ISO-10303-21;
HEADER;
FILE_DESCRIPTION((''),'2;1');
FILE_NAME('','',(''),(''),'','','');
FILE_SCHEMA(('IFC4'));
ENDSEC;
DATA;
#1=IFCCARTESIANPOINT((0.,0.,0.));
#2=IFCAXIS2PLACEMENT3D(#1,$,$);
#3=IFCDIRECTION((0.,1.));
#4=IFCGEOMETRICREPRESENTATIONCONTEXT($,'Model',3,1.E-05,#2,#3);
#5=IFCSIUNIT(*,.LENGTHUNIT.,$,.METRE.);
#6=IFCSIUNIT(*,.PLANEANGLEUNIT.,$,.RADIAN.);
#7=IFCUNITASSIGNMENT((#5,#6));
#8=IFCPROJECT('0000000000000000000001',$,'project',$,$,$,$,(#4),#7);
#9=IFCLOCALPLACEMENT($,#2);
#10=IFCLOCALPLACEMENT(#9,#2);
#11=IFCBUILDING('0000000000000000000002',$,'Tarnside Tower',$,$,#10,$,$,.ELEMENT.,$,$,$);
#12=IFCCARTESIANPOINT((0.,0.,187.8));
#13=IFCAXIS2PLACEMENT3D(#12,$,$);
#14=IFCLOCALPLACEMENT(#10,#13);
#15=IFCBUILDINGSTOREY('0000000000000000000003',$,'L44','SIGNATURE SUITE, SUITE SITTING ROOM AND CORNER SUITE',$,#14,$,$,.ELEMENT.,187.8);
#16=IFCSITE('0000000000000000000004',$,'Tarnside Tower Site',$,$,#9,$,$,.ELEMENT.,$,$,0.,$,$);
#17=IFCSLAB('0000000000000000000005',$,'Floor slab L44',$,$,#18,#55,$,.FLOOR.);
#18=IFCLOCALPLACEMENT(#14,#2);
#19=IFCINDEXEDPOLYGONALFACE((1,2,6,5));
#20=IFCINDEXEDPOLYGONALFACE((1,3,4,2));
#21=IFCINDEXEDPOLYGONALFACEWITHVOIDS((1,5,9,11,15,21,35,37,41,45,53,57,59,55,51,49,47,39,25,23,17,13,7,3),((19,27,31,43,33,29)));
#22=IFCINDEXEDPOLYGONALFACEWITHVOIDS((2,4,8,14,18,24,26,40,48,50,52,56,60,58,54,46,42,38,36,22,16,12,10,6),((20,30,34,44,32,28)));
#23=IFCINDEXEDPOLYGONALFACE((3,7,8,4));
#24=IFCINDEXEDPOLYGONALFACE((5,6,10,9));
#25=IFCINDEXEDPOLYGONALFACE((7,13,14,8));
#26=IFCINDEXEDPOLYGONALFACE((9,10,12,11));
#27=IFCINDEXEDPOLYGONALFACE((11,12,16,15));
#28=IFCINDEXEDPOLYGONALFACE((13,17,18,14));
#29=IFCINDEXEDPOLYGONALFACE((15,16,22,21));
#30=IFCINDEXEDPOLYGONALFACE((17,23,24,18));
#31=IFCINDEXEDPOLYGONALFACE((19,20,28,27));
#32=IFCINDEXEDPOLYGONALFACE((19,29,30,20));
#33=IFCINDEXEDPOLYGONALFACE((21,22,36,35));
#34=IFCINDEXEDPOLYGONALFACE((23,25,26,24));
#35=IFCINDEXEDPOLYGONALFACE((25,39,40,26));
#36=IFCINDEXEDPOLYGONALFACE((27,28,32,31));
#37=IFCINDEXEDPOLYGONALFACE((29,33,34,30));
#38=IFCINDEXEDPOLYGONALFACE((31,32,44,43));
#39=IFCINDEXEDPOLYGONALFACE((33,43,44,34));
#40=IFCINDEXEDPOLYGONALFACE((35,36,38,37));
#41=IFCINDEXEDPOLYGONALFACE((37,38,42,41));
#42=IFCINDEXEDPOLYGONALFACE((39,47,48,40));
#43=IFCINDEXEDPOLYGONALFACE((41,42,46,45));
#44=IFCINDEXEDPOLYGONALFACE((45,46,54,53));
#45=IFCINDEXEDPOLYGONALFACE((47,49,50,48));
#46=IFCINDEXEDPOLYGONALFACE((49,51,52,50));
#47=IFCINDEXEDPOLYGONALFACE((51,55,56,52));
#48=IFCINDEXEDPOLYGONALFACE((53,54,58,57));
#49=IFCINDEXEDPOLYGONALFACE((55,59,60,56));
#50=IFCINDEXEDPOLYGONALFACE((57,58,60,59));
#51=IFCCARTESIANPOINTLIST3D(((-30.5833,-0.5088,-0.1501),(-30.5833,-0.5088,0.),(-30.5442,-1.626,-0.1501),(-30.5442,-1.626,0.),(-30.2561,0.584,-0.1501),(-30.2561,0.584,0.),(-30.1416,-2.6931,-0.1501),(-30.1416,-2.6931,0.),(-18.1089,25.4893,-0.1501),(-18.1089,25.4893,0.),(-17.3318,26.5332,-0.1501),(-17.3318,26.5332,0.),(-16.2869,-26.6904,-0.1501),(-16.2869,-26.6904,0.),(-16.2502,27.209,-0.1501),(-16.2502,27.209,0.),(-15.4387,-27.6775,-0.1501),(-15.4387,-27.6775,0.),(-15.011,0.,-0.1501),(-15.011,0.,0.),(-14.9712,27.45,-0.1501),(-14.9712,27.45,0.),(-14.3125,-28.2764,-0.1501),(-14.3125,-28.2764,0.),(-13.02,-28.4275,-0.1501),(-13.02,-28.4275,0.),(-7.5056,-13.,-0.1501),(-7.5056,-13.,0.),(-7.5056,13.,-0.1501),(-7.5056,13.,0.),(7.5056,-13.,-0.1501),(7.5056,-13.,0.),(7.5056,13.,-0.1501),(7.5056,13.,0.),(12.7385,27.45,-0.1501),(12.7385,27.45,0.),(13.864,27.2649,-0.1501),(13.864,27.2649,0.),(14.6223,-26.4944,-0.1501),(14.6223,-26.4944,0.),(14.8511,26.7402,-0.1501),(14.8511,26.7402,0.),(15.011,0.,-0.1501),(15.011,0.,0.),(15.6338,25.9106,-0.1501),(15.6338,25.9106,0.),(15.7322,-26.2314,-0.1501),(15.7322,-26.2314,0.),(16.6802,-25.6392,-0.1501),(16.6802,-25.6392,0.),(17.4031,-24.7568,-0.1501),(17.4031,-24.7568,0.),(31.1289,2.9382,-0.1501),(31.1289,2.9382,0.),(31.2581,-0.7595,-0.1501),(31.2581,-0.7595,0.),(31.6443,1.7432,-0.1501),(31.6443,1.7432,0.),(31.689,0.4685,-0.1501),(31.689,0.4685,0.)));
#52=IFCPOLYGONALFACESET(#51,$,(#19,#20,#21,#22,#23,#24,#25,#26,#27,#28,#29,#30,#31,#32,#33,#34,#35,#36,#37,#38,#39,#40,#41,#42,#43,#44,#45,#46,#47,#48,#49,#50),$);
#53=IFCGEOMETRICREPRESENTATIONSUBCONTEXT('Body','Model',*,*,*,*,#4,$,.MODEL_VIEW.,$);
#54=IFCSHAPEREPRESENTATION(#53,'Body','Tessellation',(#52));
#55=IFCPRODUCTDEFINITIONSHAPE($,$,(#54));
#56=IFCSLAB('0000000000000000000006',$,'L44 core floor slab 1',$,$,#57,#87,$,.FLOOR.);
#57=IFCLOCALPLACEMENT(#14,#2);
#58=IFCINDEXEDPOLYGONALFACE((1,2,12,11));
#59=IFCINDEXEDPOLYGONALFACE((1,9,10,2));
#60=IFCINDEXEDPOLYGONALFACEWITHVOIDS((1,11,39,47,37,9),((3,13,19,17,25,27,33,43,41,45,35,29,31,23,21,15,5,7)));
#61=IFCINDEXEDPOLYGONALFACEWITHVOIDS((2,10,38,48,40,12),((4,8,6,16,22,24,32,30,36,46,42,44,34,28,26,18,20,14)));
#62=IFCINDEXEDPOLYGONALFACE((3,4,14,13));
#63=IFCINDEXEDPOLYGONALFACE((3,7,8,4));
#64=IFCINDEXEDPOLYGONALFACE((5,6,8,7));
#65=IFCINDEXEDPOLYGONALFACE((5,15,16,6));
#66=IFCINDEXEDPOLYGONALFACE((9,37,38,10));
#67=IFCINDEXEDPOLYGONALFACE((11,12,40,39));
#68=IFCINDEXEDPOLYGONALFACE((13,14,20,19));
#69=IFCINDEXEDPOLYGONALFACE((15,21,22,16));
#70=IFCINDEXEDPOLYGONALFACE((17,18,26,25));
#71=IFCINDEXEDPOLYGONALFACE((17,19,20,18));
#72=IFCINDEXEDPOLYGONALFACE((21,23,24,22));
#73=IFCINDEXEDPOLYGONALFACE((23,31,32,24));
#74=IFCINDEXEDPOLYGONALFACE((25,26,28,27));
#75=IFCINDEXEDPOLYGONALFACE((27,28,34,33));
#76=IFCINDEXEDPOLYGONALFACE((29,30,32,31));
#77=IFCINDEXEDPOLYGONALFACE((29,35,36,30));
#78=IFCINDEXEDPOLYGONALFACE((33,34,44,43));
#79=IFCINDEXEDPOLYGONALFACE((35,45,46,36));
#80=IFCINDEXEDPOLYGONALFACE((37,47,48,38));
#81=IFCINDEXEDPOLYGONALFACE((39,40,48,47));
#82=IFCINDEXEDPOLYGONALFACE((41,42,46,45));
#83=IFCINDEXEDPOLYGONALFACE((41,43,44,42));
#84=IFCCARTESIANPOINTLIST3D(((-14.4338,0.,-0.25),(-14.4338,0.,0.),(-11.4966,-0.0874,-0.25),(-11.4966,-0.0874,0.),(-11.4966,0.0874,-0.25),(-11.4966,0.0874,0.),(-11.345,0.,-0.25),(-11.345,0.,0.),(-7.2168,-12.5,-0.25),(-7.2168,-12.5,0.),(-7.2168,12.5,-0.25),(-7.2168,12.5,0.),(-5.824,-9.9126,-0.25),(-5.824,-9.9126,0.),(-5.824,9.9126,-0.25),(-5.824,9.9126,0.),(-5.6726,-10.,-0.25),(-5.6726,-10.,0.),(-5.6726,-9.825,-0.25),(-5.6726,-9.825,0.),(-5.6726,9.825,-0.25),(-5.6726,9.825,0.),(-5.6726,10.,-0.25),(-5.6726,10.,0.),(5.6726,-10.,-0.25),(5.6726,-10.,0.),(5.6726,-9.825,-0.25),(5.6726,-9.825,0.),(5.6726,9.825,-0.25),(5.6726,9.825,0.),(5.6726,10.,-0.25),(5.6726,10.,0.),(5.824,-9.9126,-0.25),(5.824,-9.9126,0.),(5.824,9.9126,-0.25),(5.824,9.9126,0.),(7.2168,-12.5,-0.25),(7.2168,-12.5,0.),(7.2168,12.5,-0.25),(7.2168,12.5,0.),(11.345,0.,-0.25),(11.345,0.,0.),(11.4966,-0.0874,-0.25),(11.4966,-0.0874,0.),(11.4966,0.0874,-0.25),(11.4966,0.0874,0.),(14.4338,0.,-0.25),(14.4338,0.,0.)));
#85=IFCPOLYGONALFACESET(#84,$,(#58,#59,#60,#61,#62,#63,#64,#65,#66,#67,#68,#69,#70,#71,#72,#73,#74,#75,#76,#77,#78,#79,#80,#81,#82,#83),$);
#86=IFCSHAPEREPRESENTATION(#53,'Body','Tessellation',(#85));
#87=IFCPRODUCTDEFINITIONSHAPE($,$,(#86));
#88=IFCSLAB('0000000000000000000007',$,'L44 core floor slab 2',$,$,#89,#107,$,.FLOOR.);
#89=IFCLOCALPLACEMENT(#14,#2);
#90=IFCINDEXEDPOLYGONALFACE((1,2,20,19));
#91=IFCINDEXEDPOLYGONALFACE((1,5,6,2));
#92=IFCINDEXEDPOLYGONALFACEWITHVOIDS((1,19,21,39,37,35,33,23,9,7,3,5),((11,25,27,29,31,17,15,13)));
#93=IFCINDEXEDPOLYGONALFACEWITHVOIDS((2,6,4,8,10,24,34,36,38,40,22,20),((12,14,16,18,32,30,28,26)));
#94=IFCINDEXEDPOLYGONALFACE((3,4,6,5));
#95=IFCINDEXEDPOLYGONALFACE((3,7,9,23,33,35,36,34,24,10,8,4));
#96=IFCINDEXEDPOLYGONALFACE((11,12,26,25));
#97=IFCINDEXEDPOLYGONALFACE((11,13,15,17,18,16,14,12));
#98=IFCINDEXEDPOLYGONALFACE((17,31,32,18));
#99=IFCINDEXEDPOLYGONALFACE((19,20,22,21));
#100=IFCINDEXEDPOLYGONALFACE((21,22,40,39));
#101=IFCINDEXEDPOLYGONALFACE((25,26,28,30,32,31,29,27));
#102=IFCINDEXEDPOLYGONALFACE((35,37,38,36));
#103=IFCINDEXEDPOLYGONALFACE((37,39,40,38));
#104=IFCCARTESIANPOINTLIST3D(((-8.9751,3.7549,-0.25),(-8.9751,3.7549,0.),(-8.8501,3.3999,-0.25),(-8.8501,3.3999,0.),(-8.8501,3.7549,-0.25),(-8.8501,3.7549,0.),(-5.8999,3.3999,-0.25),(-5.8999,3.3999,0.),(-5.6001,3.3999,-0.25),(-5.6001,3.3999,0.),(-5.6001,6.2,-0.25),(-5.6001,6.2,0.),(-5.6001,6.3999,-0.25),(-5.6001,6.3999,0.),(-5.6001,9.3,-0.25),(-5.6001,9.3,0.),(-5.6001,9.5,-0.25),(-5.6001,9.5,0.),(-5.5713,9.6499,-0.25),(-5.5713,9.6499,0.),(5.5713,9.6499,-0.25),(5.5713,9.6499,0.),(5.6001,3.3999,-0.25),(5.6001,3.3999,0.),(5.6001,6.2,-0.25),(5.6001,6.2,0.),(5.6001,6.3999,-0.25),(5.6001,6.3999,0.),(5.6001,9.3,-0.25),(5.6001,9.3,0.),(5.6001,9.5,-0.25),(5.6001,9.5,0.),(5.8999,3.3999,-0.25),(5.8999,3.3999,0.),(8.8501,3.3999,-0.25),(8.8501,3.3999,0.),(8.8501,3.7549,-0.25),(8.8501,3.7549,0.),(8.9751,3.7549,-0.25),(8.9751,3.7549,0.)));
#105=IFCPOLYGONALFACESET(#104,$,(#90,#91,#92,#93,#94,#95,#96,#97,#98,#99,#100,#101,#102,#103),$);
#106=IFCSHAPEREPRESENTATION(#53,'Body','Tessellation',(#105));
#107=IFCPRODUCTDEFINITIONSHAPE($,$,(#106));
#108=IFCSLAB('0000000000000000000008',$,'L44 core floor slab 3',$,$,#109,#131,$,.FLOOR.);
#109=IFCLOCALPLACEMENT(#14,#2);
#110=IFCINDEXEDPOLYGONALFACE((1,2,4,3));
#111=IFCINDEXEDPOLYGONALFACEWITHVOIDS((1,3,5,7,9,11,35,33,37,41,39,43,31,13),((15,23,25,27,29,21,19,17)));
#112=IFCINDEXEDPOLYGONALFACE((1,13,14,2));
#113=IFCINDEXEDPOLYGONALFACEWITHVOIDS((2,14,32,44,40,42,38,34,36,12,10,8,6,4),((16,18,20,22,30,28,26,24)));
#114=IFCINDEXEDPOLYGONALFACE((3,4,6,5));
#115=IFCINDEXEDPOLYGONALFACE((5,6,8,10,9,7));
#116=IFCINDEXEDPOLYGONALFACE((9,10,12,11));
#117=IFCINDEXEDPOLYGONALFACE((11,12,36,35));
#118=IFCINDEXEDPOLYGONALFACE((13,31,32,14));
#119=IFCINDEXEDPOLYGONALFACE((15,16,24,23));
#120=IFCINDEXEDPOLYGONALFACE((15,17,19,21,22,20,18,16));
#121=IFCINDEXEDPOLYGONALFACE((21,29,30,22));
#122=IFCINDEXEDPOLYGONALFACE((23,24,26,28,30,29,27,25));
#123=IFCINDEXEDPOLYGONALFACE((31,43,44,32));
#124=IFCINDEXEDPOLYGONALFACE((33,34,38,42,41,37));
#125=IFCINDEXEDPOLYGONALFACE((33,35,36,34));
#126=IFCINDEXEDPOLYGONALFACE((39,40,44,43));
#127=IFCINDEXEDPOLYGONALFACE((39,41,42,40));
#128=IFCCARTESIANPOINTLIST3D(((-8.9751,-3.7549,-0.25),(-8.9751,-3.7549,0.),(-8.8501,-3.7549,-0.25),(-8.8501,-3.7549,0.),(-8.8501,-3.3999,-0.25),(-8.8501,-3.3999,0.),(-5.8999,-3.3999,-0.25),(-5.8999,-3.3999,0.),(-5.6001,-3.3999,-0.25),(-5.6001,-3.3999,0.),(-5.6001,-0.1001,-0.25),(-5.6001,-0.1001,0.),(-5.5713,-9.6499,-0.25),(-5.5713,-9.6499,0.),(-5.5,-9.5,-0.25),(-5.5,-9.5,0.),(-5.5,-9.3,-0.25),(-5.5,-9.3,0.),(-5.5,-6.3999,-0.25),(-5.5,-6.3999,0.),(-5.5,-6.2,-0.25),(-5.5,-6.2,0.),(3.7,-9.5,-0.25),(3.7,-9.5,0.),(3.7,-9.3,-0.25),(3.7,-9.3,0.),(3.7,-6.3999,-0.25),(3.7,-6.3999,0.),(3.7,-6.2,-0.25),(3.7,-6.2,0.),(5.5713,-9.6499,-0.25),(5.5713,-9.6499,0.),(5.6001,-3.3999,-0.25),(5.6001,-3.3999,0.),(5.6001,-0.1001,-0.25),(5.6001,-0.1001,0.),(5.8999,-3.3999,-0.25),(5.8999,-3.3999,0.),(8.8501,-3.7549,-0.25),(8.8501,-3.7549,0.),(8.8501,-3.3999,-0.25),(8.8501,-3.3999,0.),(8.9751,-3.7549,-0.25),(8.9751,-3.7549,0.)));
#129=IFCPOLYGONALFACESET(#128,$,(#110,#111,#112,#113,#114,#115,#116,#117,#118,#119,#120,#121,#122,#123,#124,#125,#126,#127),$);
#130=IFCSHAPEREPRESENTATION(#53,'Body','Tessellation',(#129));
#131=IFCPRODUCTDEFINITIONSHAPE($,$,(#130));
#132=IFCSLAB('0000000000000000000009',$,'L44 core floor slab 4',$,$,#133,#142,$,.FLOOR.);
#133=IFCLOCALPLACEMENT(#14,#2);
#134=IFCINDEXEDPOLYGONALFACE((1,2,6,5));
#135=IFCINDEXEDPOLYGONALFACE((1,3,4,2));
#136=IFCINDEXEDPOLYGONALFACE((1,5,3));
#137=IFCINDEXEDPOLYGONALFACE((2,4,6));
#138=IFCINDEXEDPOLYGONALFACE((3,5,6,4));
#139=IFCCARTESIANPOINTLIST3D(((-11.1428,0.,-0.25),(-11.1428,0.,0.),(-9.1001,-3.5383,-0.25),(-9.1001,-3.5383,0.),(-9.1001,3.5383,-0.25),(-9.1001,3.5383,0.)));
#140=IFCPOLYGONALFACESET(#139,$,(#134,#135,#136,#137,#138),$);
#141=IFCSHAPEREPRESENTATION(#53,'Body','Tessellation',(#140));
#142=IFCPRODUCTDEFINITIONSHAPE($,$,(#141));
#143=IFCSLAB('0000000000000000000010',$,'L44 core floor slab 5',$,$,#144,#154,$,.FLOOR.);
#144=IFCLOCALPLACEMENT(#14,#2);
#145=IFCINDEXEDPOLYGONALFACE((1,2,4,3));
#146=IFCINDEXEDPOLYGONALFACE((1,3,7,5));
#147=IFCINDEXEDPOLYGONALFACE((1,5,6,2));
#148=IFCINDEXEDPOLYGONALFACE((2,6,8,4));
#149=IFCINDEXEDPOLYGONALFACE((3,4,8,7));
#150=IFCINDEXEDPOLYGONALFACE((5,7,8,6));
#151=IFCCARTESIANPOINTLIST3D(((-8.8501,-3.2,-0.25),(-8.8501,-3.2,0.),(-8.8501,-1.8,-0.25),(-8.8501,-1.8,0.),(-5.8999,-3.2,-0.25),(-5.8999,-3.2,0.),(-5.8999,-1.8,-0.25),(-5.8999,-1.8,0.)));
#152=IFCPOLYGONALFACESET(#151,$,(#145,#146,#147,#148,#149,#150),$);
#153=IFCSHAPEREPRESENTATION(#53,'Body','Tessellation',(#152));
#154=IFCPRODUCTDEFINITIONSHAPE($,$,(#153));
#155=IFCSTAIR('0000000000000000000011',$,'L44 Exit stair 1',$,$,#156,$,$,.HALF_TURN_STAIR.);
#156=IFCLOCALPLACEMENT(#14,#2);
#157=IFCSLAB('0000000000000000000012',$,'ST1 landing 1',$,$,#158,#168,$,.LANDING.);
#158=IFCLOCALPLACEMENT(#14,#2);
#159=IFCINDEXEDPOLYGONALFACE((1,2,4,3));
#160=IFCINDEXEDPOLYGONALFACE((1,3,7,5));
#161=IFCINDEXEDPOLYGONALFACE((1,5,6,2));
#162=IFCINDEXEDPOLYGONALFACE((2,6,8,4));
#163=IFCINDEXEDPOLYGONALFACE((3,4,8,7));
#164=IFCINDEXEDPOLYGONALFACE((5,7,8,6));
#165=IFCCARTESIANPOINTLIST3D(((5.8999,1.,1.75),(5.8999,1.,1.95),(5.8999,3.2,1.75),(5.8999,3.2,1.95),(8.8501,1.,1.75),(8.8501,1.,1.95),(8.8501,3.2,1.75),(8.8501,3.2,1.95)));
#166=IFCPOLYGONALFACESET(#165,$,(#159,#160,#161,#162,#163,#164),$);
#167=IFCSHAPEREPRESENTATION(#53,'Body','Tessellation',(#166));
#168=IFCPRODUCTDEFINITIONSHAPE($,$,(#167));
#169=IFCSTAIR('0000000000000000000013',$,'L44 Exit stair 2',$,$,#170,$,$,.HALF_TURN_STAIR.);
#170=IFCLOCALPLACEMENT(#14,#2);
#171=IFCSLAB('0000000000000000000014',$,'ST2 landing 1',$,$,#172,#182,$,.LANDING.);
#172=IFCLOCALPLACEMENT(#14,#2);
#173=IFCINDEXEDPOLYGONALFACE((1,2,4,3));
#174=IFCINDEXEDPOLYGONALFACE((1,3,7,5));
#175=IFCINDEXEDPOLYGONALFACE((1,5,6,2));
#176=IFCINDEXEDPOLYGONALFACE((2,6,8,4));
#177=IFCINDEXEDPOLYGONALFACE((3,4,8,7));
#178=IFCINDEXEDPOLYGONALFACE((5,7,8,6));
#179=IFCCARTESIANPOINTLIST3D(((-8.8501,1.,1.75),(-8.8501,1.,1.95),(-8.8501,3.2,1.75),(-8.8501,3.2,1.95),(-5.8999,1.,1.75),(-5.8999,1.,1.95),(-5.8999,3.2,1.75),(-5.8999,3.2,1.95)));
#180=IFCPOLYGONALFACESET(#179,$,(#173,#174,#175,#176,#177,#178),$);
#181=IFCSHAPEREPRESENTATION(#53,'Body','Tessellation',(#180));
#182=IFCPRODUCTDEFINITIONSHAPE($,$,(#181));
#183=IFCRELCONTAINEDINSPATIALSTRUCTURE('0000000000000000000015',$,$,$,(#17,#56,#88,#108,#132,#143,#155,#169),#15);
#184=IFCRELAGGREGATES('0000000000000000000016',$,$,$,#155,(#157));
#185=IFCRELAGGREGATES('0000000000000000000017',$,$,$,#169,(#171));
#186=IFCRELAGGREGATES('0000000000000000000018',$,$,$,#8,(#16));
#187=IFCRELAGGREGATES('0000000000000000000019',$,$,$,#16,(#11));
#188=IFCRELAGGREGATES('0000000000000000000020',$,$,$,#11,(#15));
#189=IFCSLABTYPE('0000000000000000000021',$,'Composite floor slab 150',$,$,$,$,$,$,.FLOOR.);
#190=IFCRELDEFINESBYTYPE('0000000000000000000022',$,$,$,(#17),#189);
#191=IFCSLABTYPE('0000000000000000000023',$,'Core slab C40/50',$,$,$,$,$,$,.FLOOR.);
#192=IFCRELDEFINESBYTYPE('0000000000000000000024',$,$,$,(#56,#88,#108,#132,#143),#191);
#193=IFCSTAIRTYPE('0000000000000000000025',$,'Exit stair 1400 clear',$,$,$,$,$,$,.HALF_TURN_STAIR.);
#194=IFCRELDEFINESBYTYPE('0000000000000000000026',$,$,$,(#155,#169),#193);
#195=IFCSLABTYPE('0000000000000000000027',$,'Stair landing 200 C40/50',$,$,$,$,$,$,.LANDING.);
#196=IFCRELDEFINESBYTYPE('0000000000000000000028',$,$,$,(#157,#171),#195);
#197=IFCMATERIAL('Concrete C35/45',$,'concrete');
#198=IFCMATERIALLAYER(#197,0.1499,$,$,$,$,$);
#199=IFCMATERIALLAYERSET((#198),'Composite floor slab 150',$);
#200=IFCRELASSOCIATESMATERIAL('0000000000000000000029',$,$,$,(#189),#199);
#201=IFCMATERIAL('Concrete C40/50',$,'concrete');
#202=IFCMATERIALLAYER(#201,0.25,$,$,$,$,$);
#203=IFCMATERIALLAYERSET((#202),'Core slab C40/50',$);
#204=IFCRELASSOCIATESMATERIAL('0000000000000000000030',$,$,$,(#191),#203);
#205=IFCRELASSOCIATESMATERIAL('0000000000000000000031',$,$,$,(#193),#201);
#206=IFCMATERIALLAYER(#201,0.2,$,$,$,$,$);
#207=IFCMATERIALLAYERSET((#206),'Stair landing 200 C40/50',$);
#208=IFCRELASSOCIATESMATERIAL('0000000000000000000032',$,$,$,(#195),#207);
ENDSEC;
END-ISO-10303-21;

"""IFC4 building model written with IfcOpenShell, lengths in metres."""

from ifc_helpers import new_model, si_unit, direction, frame, origin, place, context, subcontext, project, spatial, polyline, outline, extrude, material, layer, layer_set, type_object, element, aggregate, save


model = new_model("IFC4")

# Units and contexts
model_context = context("Model", 3, precision=1e-05, world=origin(), true_north=direction((0.0, 1.0)))
body_context = subcontext(model_context, "Body", "Model", "MODEL_VIEW")
ifc_project = project(units=[si_unit("LENGTHUNIT", "METRE"), si_unit("PLANEANGLEUNIT", "RADIAN")], contexts=[model_context])

# Site, building, storey
site_placement = place(None, origin())
site = spatial("IfcSite", under=ifc_project, at=site_placement, Name="Tarnside Tower Site", CompositionType="ELEMENT", RefElevation=0.0)
building_placement = place(site_placement, origin())
building = spatial("IfcBuilding", under=site, at=building_placement, Name="Tarnside Tower", CompositionType="ELEMENT")
storey_placement = place(building_placement, frame((0.0, 0.0, 187.8)))
storey = spatial("IfcBuildingStorey", under=building, at=storey_placement, Name="L44", Description="SIGNATURE SUITE, SUITE SITTING ROOM AND CORNER SUITE", CompositionType="ELEMENT", Elevation=187.8)

# Slabs
ifc_material_1 = material(Name="Concrete C35/45", Category="concrete")
ifc_layer_1 = layer(ifc_material_1, 0.1499)
ifc_layer_set_1 = layer_set([ifc_layer_1], Name="Composite floor slab 150")
slab_type_1 = type_object("IfcSlabType", Name="Composite floor slab 150", PredefinedType="FLOOR", material=ifc_layer_set_1)
slab_1_placement = place(storey_placement, frame((0.0, 0.0, -0.1501)))
element("IfcSlab", 1, at=slab_1_placement, inside=storey, type_object=slab_type_1, Name="Floor slab L44", PredefinedType="FLOOR", context=body_context, shape_type="SweptSolid", body=[
    extrude(outline(polyline([(13.864, 27.2649), (14.8511, 26.7402), (15.6338, 25.9106), (31.1289, 2.9382), (31.6443, 1.7432), (31.689, 0.4685), (31.2581, -0.7595), (17.4031, -24.7568), (16.6802, -25.6392), (15.7322, -26.2314), (14.6223, -26.4944), (-13.02, -28.4275), (-14.3125, -28.2764), (-15.4387, -27.6775), (-16.2869, -26.6904), (-30.1416, -2.6931), (-30.5442, -1.626), (-30.5833, -0.5088), (-30.2561, 0.584), (-18.1089, 25.4893), (-17.3318, 26.5332), (-16.2502, 27.209), (-14.9712, 27.45), (12.7385, 27.45), (13.864, 27.2649)]), holes=[polyline([(-15.011, 0.0), (-7.5056, -13.0), (7.5056, -13.0), (15.011, 0.0), (7.5056, 13.0), (-7.5056, 13.0), (-15.011, 0.0)])]), origin(), (0.0, 0.0, 1.0), 0.1501),
])
ifc_material_2 = material(Name="Concrete C40/50", Category="concrete")
ifc_layer_2 = layer(ifc_material_2, 0.25)
ifc_layer_set_2 = layer_set([ifc_layer_2], Name="Core slab C40/50")
slab_type_2 = type_object("IfcSlabType", Name="Core slab C40/50", PredefinedType="FLOOR", material=ifc_layer_set_2)
slab_2_placement = place(storey_placement, frame((0.0, 0.0, -0.25)))
element("IfcSlab", 2, at=slab_2_placement, inside=storey, type_object=slab_type_2, Name="L44 core floor slab 1", PredefinedType="FLOOR", context=body_context, shape_type="SweptSolid", body=[
    extrude(outline(polyline([(-7.2168, 12.5), (7.2168, 12.5), (14.4338, 0.0), (7.2168, -12.5), (-7.2168, -12.5), (-14.4338, 0.0), (-7.2168, 12.5)]), holes=[polyline([(5.824, -9.9126), (11.4966, -0.0874), (11.345, 0.0), (11.4966, 0.0874), (5.824, 9.9126), (5.6726, 9.825), (5.6726, 10.0), (-5.6726, 10.0), (-5.6726, 9.825), (-5.824, 9.9126), (-11.4966, 0.0874), (-11.345, 0.0), (-11.4966, -0.0874), (-5.824, -9.9126), (-5.6726, -9.825), (-5.6726, -10.0), (5.6726, -10.0), (5.6726, -9.825), (5.824, -9.9126)])]), origin(), (0.0, 0.0, 1.0), 0.25),
])
slab_3_placement = place(storey_placement, frame((0.0, 0.0, -0.25)))
element("IfcSlab", 3, at=slab_3_placement, inside=storey, type_object=slab_type_2, Name="L44 core floor slab 2", PredefinedType="FLOOR", context=body_context, shape_type="SweptSolid", body=[
    extrude(outline(polyline([(-8.9751, 3.7549), (-5.5713, 9.6499), (5.5713, 9.6499), (8.9751, 3.7549), (8.8501, 3.7549), (8.8501, 3.3999), (5.8999, 3.3999), (5.6001, 3.3999), (5.6001, 3.3999), (-5.6001, 3.3999), (-5.8999, 3.3999), (-8.8501, 3.3999), (-8.8501, 3.7549), (-8.9751, 3.7549)]), holes=[polyline([(-5.6001, 6.2), (5.6001, 6.2), (5.6001, 6.3999), (5.6001, 9.3), (5.6001, 9.5), (-5.6001, 9.5), (-5.6001, 9.3), (-5.6001, 6.3999), (-5.6001, 6.2)])]), origin(), (0.0, 0.0, 1.0), 0.25),
])
slab_4_placement = place(storey_placement, frame((0.0, 0.0, -0.25)))
element("IfcSlab", 4, at=slab_4_placement, inside=storey, type_object=slab_type_2, Name="L44 core floor slab 3", PredefinedType="FLOOR", context=body_context, shape_type="SweptSolid", body=[
    extrude(outline(polyline([(5.6001, -3.3999), (5.8999, -3.3999), (8.8501, -3.3999), (8.8501, -3.7549), (8.9751, -3.7549), (5.5713, -9.6499), (-5.5713, -9.6499), (-8.9751, -3.7549), (-8.8501, -3.7549), (-8.8501, -3.3999), (-5.8999, -3.3999), (-5.6001, -3.3999), (-5.6001, -0.1001), (5.6001, -0.1001), (5.6001, -3.3999)]), holes=[polyline([(-5.5, -9.3), (-5.5, -9.5), (3.7, -9.5), (3.7, -9.3), (3.7, -6.3999), (3.7, -6.2), (-5.5, -6.2), (-5.5, -6.3999), (-5.5, -9.3)])]), origin(), (0.0, 0.0, 1.0), 0.25),
])
slab_5_placement = place(storey_placement, frame((0.0, 0.0, -0.25)))
element("IfcSlab", 5, at=slab_5_placement, inside=storey, type_object=slab_type_2, Name="L44 core floor slab 4", PredefinedType="FLOOR", context=body_context, shape_type="SweptSolid", body=[
    extrude(outline(polyline([(-11.1428, 0.0), (-9.1001, 3.5383), (-9.1001, -3.5383), (-11.1428, 0.0)])), origin(), (0.0, 0.0, 1.0), 0.25),
])
slab_6_placement = place(storey_placement, frame((0.0, 0.0, -0.25)))
element("IfcSlab", 6, at=slab_6_placement, inside=storey, type_object=slab_type_2, Name="L44 core floor slab 5", PredefinedType="FLOOR", context=body_context, shape_type="SweptSolid", body=[
    extrude(outline(polyline([(-8.8501, -1.8), (-5.8999, -1.8), (-5.8999, -3.2), (-8.8501, -3.2), (-8.8501, -1.8)])), origin(), (0.0, 0.0, 1.0), 0.25),
])

# Stairs, slabs
stair_type = type_object("IfcStairType", Name="Exit stair 1400 clear", PredefinedType="HALF_TURN_STAIR", material=ifc_material_2)
stair_1_placement = place(storey_placement, origin())
stair_1 = element("IfcStair", 7, at=stair_1_placement, inside=storey, type_object=stair_type, Name="L44 Exit stair 1", PredefinedType="HALF_TURN_STAIR")
ifc_layer_3 = layer(ifc_material_2, 0.2)
ifc_layer_set_3 = layer_set([ifc_layer_3], Name="Stair landing 200 C40/50")
slab_type_3 = type_object("IfcSlabType", Name="Stair landing 200 C40/50", PredefinedType="LANDING", material=ifc_layer_set_3)
slab_7_placement = place(storey_placement, frame((0.0, 0.0, 1.75)))
slab_7 = element("IfcSlab", 8, at=slab_7_placement, type_object=slab_type_3, Name="ST1 landing 1", PredefinedType="LANDING", context=body_context, shape_type="SweptSolid", body=[
    extrude(outline(polyline([(8.8501, 1.0), (8.8501, 3.2), (5.8999, 3.2), (5.8999, 1.0), (8.8501, 1.0)])), origin(), (0.0, 0.0, 1.0), 0.2),
])
aggregate(stair_1, [slab_7])
stair_2_placement = place(storey_placement, origin())
stair_2 = element("IfcStair", 9, at=stair_2_placement, inside=storey, type_object=stair_type, Name="L44 Exit stair 2", PredefinedType="HALF_TURN_STAIR")
slab_8_placement = place(storey_placement, frame((0.0, 0.0, 1.75)))
slab_8 = element("IfcSlab", 10, at=slab_8_placement, type_object=slab_type_3, Name="ST2 landing 1", PredefinedType="LANDING", context=body_context, shape_type="SweptSolid", body=[
    extrude(outline(polyline([(-5.8999, 1.0), (-5.8999, 3.2), (-8.8501, 3.2), (-8.8501, 1.0), (-5.8999, 1.0)])), origin(), (0.0, 0.0, 1.0), 0.2),
])

aggregate(stair_2, [slab_8])

save(model, "model.ifc")
